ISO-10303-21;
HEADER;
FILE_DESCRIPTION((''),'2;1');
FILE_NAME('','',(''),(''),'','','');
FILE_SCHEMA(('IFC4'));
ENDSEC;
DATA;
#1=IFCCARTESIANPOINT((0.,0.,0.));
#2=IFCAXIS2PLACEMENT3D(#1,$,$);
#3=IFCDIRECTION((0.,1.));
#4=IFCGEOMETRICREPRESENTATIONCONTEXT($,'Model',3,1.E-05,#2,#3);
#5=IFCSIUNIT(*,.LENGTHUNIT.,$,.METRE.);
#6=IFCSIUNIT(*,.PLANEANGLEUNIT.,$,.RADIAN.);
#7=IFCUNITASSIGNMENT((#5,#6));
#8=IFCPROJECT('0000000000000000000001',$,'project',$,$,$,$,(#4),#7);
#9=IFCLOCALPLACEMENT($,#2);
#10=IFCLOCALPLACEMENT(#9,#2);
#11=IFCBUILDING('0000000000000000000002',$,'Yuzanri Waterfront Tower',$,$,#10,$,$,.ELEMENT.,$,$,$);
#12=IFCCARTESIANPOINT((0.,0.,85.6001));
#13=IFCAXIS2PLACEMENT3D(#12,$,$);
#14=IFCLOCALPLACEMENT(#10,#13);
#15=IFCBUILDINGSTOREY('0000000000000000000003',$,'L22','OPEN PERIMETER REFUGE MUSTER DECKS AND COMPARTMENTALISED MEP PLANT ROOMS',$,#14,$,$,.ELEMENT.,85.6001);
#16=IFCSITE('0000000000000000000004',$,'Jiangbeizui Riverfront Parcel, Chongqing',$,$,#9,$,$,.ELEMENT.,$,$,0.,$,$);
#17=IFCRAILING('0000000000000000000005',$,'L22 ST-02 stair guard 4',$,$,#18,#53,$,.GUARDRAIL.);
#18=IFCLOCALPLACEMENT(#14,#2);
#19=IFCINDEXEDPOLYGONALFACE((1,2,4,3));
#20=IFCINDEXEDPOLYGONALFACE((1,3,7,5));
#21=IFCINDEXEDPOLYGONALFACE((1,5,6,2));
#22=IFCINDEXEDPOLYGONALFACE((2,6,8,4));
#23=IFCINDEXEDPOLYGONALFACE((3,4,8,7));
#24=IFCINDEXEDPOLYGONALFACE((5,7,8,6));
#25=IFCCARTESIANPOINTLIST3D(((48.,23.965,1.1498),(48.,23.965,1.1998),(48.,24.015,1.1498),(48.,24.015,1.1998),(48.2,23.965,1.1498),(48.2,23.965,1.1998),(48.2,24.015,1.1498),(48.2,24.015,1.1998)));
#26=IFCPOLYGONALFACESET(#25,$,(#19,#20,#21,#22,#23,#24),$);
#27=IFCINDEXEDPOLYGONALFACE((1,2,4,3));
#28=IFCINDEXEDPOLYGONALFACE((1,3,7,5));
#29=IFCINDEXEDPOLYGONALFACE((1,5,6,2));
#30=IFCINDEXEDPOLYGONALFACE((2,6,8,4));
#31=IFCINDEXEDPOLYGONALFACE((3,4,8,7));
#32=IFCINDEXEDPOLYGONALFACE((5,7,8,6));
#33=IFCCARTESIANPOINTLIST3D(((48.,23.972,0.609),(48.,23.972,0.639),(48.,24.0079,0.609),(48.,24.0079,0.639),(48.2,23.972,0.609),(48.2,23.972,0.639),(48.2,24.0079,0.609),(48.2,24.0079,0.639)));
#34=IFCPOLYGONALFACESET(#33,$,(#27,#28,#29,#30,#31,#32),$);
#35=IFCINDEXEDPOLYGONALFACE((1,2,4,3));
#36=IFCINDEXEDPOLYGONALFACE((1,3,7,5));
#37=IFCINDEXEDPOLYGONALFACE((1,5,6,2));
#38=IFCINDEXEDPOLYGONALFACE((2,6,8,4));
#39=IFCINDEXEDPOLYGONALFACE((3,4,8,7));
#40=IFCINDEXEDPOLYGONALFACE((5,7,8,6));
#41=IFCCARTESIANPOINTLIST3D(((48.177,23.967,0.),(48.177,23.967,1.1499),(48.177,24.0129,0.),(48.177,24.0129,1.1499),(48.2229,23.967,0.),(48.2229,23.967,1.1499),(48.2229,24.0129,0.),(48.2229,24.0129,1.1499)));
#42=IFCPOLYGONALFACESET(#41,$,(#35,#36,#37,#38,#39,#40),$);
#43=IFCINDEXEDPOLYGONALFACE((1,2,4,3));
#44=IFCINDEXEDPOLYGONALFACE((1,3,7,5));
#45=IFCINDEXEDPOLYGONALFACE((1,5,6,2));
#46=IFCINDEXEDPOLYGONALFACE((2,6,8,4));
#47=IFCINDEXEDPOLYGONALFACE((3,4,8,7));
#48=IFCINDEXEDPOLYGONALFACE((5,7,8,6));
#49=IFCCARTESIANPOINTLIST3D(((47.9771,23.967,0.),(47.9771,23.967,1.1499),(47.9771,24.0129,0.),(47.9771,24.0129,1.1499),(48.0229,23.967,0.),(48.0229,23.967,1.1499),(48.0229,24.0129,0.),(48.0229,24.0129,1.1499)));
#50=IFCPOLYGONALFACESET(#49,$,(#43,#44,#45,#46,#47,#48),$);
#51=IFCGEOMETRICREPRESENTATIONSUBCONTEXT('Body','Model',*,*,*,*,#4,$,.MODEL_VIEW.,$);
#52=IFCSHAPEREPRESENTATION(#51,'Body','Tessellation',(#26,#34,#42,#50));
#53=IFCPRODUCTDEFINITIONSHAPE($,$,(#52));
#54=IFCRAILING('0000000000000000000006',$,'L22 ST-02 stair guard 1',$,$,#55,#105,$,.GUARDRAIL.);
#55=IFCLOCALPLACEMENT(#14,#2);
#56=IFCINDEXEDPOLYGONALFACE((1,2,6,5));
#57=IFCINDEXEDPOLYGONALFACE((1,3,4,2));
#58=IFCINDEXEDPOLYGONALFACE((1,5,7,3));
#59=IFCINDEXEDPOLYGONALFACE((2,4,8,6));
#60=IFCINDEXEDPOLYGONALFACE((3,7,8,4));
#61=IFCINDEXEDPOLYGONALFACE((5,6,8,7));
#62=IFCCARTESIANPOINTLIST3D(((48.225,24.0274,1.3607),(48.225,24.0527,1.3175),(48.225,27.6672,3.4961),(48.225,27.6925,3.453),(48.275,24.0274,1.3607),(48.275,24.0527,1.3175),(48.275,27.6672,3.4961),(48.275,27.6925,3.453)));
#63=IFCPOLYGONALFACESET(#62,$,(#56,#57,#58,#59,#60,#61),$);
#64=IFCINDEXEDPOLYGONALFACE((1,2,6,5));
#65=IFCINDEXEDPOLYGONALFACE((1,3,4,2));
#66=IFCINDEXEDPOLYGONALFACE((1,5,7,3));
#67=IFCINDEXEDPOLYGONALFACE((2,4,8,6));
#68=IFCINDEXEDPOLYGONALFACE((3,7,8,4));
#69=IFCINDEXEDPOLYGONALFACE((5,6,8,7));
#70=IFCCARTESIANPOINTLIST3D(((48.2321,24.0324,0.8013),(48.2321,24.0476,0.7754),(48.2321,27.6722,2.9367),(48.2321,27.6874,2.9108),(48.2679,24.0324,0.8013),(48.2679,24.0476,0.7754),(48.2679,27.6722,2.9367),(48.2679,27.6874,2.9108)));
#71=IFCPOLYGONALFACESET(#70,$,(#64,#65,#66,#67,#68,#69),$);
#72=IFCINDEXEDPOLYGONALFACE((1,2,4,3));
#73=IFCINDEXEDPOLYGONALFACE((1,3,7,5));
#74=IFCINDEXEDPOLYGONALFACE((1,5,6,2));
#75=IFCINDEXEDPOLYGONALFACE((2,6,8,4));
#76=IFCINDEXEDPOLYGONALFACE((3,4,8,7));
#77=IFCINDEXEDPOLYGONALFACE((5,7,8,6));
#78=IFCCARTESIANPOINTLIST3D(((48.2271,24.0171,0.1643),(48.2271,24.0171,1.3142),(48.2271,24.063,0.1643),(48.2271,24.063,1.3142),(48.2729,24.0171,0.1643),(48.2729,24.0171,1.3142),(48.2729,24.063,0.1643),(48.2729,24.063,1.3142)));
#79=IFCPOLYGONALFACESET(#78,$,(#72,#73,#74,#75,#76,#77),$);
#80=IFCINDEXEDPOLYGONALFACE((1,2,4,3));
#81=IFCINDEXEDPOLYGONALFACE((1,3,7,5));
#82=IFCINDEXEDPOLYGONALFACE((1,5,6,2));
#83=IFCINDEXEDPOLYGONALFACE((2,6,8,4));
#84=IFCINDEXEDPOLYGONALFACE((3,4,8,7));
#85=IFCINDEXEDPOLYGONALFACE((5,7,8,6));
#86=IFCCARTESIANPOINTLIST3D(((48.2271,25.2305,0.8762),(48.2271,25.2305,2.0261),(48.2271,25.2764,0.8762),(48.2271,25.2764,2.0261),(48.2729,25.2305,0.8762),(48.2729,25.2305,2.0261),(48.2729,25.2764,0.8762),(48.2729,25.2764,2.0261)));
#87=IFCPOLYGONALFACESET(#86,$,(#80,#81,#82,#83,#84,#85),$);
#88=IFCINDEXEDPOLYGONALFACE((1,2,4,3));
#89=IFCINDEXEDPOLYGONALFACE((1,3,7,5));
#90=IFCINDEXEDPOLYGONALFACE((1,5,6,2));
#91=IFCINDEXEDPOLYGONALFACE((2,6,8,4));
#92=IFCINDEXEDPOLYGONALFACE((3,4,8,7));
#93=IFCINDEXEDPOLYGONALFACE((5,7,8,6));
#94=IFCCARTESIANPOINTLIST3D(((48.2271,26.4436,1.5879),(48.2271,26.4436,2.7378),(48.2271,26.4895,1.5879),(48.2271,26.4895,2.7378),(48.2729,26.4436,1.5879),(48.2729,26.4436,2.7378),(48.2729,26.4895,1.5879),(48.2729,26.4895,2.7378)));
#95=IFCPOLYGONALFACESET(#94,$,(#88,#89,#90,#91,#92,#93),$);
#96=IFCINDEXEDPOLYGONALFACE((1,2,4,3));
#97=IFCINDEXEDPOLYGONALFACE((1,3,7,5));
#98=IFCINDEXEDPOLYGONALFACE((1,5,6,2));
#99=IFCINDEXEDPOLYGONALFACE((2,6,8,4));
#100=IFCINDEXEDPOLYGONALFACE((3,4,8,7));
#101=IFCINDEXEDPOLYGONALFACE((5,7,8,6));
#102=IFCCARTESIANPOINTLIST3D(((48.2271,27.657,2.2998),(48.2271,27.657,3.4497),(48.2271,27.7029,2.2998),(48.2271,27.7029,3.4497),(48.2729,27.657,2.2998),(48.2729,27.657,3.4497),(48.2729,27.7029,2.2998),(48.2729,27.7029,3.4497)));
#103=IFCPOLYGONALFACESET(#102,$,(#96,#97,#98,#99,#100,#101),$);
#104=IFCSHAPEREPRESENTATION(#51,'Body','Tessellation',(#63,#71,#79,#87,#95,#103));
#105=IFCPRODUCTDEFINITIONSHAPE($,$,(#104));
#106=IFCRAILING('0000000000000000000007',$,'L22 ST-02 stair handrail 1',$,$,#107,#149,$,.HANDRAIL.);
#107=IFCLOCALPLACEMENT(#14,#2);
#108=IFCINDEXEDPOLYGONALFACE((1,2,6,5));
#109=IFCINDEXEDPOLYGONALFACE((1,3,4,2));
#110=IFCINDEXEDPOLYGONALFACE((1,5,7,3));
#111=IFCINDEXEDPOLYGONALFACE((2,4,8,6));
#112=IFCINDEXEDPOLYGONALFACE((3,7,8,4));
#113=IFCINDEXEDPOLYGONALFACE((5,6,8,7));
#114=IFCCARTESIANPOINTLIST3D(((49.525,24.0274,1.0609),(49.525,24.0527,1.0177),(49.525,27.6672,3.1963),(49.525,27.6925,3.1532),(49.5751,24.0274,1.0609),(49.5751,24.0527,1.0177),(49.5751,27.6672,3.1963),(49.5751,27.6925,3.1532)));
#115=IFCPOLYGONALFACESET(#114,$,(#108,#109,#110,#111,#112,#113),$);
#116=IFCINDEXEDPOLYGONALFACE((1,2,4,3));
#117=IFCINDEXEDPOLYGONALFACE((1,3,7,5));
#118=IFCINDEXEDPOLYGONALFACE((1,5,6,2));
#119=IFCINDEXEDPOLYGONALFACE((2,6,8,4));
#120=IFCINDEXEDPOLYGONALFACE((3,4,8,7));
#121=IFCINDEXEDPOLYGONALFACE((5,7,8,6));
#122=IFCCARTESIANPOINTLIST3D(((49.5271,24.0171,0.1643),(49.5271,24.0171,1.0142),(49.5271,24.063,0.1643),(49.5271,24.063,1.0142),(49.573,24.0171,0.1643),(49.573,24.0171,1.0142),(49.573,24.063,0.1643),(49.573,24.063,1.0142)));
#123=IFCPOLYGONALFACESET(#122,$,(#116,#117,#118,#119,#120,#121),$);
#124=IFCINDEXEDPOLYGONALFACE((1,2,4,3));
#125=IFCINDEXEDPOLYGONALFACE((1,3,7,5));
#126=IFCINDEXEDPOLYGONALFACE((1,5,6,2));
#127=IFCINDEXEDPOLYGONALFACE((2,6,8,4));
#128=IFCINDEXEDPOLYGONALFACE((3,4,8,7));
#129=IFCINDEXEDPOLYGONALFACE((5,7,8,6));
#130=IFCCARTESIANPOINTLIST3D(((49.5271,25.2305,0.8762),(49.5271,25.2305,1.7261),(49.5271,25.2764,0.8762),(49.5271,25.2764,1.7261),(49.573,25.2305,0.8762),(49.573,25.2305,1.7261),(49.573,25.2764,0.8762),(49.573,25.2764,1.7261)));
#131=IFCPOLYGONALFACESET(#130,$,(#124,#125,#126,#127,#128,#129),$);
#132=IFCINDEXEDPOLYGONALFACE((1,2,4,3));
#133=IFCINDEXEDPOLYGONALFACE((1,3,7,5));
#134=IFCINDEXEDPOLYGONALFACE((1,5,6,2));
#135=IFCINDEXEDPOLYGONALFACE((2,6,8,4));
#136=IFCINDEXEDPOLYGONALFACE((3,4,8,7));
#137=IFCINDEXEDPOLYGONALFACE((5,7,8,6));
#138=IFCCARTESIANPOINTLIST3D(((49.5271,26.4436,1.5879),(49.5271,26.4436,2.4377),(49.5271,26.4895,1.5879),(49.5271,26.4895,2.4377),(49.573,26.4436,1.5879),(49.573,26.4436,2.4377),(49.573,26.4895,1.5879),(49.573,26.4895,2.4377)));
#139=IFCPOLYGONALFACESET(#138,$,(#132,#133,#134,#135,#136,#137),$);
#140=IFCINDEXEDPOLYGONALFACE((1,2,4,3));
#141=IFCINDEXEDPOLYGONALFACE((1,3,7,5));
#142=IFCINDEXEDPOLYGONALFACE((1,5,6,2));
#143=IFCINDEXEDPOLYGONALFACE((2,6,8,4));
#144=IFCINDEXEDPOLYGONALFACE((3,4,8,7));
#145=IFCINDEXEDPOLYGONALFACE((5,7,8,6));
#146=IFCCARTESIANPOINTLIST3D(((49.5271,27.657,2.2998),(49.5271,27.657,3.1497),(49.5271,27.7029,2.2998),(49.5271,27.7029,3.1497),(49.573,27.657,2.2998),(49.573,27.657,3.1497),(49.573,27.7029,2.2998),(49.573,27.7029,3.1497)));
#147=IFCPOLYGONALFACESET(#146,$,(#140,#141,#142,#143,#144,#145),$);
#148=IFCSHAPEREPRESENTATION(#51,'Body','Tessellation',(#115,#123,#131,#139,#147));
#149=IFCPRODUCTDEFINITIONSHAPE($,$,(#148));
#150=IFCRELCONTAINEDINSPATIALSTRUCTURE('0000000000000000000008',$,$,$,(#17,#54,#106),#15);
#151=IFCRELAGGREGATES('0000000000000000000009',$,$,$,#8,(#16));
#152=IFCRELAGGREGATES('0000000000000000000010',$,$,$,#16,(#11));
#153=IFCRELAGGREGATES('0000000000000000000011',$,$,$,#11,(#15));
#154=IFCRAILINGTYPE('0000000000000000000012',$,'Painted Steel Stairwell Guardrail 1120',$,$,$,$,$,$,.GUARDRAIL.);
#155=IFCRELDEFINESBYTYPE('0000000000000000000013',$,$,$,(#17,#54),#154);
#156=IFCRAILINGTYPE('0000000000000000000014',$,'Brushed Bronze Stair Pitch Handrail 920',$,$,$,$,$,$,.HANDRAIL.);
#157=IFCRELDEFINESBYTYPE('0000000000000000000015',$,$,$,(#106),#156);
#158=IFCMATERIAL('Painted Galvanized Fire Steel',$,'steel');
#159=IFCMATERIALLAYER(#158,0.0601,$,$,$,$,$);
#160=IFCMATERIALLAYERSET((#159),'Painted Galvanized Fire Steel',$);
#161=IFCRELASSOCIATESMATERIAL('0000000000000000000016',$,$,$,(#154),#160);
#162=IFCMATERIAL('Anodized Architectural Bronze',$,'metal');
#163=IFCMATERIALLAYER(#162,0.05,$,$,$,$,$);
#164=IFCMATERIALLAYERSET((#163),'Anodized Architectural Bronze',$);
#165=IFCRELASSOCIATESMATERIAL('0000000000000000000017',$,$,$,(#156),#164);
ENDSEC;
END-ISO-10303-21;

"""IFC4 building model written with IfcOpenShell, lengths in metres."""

from ifc_helpers import new_model, si_unit, direction, frame, origin, origin_2d, place, context, subcontext, project, spatial, rectangle, extrude, source, transform, mapped, material, layer, layer_set, type_object, element, save


model = new_model("IFC4")

# Units and contexts
model_context = context("Model", 3, precision=1e-05, world=origin(), true_north=direction((0.0, 1.0)))
body_context = subcontext(model_context, "Body", "Model", "MODEL_VIEW")
ifc_project = project(units=[si_unit("LENGTHUNIT", "METRE"), si_unit("PLANEANGLEUNIT", "RADIAN")], contexts=[model_context])

# Site, building, storey
site_placement = place(None, origin())
site = spatial("IfcSite", under=ifc_project, at=site_placement, Name="Jiangbeizui Riverfront Parcel, Chongqing", CompositionType="ELEMENT", RefElevation=0.0)
building_placement = place(site_placement, origin())
building = spatial("IfcBuilding", under=site, at=building_placement, Name="Yuzanri Waterfront Tower", CompositionType="ELEMENT")
storey_placement = place(building_placement, frame((0.0, 0.0, 85.6001)))
storey = spatial("IfcBuildingStorey", under=building, at=storey_placement, Name="L22", Description="OPEN PERIMETER REFUGE MUSTER DECKS AND COMPARTMENTALISED MEP PLANT ROOMS", CompositionType="ELEMENT", Elevation=85.6001)

# Railings
ifc_material_1 = material(Name="Painted Galvanized Fire Steel", Category="steel")
ifc_layer_1 = layer(ifc_material_1, 0.0601)
ifc_layer_set_1 = layer_set([ifc_layer_1], Name="Painted Galvanized Fire Steel")
railing_type_1 = type_object("IfcRailingType", Name="Painted Steel Stairwell Guardrail 1120", PredefinedType="GUARDRAIL", material=ifc_layer_set_1)
shared_shape_1 = source(origin(), body_context, "Body", "SweptSolid", [
    extrude(rectangle(XDim=0.05, YDim=0.05, at=origin_2d()), frame((0.0, 0.0, 1.1748), z_axis=(-1.0, 0.0, 0.0), x_axis=(0.0, -1.0, 0.0)), (0.0, 0.0, 1.0), 0.2),
    extrude(rectangle(XDim=0.0359, YDim=0.03, at=origin_2d()), frame((0.0, 0.0, 0.624), z_axis=(-1.0, 0.0, 0.0), x_axis=(0.0, -1.0, 0.0)), (0.0, 0.0, 1.0), 0.2),
    extrude(rectangle(XDim=0.0459, YDim=0.0459, at=origin_2d()), origin(), (0.0, 0.0, 1.0), 1.1499),
    extrude(rectangle(XDim=0.0459, YDim=0.0459, at=origin_2d()), frame((-0.2, 0.0, 0.0)), (0.0, 0.0, 1.0), 1.1499),
])
railing_1_placement = place(storey_placement, frame((48.2, 23.99, 0.0)))
element("IfcRailing", 1, at=railing_1_placement, inside=storey, type_object=railing_type_1, Name="L22 ST-02 stair guard 4", PredefinedType="GUARDRAIL", context=body_context, shape_type="MappedRepresentation", body=[
    mapped(shared_shape_1, transform((0.0, 0.0, 0.0), scale=1.0)),
])
shared_shape_2 = source(origin(), body_context, "Body", "SweptSolid", [
    extrude(rectangle(XDim=0.05, YDim=0.05, at=origin_2d()), frame((0.0, 0.0, 1.1748), z_axis=(0.0, 0.862515, 0.506031), x_axis=(-1.0, 0.0, 0.0)), (0.0, 0.0, 1.0), 4.22),
    extrude(rectangle(XDim=0.0359, YDim=0.03, at=origin_2d()), frame((0.0, 0.0, 0.624), z_axis=(0.0, 0.862515, 0.506031), x_axis=(-1.0, 0.0, 0.0)), (0.0, 0.0, 1.0), 4.22),
    extrude(rectangle(XDim=0.0459, YDim=0.0459, at=origin_2d()), origin(), (0.0, 0.0, 1.0), 1.1499),
    extrude(rectangle(XDim=0.0459, YDim=0.0459, at=origin_2d()), frame((0.0, 1.2134, 0.7119)), (0.0, 0.0, 1.0), 1.1499),
    extrude(rectangle(XDim=0.0459, YDim=0.0459, at=origin_2d()), frame((0.0, 2.4265, 1.4236)), (0.0, 0.0, 1.0), 1.1499),
    extrude(rectangle(XDim=0.0459, YDim=0.0459, at=origin_2d()), frame((0.0, 3.6399, 2.1355)), (0.0, 0.0, 1.0), 1.1499),
])
railing_2_placement = place(storey_placement, frame((48.25, 24.04, 0.1643)))
element("IfcRailing", 2, at=railing_2_placement, inside=storey, type_object=railing_type_1, Name="L22 ST-02 stair guard 1", PredefinedType="GUARDRAIL", context=body_context, shape_type="MappedRepresentation", body=[
    mapped(shared_shape_2, transform((0.0, 0.0, 0.0), scale=1.0)),
])
ifc_material_2 = material(Name="Anodized Architectural Bronze", Category="metal")
ifc_layer_2 = layer(ifc_material_2, 0.05)
ifc_layer_set_2 = layer_set([ifc_layer_2], Name="Anodized Architectural Bronze")
railing_type_2 = type_object("IfcRailingType", Name="Brushed Bronze Stair Pitch Handrail 920", PredefinedType="HANDRAIL", material=ifc_layer_set_2)
shared_shape_3 = source(origin(), body_context, "Body", "SweptSolid", [
    extrude(rectangle(XDim=0.05, YDim=0.05, at=origin_2d()), frame((0.0, 0.0, 0.875), z_axis=(0.0, 0.862515, 0.506031), x_axis=(-1.0, 0.0, 0.0)), (0.0, 0.0, 1.0), 4.22),
    extrude(rectangle(XDim=0.0459, YDim=0.0459, at=origin_2d()), origin(), (0.0, 0.0, 1.0), 0.8499),
    extrude(rectangle(XDim=0.0459, YDim=0.0459, at=origin_2d()), frame((0.0, 1.2134, 0.7119)), (0.0, 0.0, 1.0), 0.8499),
    extrude(rectangle(XDim=0.0459, YDim=0.0459, at=origin_2d()), frame((0.0, 2.4265, 1.4236)), (0.0, 0.0, 1.0), 0.8499),
    extrude(rectangle(XDim=0.0459, YDim=0.0459, at=origin_2d()), frame((0.0, 3.6399, 2.1355)), (0.0, 0.0, 1.0), 0.8499),
])
railing_3_placement = place(storey_placement, frame((49.55, 24.04, 0.1643)))
element("IfcRailing", 3, at=railing_3_placement, inside=storey, type_object=railing_type_2, Name="L22 ST-02 stair handrail 1", PredefinedType="HANDRAIL", context=body_context, shape_type="MappedRepresentation", body=[
    mapped(shared_shape_3, transform((0.0, 0.0, 0.0), scale=1.0)),
])

save(model, "model.ifc")
